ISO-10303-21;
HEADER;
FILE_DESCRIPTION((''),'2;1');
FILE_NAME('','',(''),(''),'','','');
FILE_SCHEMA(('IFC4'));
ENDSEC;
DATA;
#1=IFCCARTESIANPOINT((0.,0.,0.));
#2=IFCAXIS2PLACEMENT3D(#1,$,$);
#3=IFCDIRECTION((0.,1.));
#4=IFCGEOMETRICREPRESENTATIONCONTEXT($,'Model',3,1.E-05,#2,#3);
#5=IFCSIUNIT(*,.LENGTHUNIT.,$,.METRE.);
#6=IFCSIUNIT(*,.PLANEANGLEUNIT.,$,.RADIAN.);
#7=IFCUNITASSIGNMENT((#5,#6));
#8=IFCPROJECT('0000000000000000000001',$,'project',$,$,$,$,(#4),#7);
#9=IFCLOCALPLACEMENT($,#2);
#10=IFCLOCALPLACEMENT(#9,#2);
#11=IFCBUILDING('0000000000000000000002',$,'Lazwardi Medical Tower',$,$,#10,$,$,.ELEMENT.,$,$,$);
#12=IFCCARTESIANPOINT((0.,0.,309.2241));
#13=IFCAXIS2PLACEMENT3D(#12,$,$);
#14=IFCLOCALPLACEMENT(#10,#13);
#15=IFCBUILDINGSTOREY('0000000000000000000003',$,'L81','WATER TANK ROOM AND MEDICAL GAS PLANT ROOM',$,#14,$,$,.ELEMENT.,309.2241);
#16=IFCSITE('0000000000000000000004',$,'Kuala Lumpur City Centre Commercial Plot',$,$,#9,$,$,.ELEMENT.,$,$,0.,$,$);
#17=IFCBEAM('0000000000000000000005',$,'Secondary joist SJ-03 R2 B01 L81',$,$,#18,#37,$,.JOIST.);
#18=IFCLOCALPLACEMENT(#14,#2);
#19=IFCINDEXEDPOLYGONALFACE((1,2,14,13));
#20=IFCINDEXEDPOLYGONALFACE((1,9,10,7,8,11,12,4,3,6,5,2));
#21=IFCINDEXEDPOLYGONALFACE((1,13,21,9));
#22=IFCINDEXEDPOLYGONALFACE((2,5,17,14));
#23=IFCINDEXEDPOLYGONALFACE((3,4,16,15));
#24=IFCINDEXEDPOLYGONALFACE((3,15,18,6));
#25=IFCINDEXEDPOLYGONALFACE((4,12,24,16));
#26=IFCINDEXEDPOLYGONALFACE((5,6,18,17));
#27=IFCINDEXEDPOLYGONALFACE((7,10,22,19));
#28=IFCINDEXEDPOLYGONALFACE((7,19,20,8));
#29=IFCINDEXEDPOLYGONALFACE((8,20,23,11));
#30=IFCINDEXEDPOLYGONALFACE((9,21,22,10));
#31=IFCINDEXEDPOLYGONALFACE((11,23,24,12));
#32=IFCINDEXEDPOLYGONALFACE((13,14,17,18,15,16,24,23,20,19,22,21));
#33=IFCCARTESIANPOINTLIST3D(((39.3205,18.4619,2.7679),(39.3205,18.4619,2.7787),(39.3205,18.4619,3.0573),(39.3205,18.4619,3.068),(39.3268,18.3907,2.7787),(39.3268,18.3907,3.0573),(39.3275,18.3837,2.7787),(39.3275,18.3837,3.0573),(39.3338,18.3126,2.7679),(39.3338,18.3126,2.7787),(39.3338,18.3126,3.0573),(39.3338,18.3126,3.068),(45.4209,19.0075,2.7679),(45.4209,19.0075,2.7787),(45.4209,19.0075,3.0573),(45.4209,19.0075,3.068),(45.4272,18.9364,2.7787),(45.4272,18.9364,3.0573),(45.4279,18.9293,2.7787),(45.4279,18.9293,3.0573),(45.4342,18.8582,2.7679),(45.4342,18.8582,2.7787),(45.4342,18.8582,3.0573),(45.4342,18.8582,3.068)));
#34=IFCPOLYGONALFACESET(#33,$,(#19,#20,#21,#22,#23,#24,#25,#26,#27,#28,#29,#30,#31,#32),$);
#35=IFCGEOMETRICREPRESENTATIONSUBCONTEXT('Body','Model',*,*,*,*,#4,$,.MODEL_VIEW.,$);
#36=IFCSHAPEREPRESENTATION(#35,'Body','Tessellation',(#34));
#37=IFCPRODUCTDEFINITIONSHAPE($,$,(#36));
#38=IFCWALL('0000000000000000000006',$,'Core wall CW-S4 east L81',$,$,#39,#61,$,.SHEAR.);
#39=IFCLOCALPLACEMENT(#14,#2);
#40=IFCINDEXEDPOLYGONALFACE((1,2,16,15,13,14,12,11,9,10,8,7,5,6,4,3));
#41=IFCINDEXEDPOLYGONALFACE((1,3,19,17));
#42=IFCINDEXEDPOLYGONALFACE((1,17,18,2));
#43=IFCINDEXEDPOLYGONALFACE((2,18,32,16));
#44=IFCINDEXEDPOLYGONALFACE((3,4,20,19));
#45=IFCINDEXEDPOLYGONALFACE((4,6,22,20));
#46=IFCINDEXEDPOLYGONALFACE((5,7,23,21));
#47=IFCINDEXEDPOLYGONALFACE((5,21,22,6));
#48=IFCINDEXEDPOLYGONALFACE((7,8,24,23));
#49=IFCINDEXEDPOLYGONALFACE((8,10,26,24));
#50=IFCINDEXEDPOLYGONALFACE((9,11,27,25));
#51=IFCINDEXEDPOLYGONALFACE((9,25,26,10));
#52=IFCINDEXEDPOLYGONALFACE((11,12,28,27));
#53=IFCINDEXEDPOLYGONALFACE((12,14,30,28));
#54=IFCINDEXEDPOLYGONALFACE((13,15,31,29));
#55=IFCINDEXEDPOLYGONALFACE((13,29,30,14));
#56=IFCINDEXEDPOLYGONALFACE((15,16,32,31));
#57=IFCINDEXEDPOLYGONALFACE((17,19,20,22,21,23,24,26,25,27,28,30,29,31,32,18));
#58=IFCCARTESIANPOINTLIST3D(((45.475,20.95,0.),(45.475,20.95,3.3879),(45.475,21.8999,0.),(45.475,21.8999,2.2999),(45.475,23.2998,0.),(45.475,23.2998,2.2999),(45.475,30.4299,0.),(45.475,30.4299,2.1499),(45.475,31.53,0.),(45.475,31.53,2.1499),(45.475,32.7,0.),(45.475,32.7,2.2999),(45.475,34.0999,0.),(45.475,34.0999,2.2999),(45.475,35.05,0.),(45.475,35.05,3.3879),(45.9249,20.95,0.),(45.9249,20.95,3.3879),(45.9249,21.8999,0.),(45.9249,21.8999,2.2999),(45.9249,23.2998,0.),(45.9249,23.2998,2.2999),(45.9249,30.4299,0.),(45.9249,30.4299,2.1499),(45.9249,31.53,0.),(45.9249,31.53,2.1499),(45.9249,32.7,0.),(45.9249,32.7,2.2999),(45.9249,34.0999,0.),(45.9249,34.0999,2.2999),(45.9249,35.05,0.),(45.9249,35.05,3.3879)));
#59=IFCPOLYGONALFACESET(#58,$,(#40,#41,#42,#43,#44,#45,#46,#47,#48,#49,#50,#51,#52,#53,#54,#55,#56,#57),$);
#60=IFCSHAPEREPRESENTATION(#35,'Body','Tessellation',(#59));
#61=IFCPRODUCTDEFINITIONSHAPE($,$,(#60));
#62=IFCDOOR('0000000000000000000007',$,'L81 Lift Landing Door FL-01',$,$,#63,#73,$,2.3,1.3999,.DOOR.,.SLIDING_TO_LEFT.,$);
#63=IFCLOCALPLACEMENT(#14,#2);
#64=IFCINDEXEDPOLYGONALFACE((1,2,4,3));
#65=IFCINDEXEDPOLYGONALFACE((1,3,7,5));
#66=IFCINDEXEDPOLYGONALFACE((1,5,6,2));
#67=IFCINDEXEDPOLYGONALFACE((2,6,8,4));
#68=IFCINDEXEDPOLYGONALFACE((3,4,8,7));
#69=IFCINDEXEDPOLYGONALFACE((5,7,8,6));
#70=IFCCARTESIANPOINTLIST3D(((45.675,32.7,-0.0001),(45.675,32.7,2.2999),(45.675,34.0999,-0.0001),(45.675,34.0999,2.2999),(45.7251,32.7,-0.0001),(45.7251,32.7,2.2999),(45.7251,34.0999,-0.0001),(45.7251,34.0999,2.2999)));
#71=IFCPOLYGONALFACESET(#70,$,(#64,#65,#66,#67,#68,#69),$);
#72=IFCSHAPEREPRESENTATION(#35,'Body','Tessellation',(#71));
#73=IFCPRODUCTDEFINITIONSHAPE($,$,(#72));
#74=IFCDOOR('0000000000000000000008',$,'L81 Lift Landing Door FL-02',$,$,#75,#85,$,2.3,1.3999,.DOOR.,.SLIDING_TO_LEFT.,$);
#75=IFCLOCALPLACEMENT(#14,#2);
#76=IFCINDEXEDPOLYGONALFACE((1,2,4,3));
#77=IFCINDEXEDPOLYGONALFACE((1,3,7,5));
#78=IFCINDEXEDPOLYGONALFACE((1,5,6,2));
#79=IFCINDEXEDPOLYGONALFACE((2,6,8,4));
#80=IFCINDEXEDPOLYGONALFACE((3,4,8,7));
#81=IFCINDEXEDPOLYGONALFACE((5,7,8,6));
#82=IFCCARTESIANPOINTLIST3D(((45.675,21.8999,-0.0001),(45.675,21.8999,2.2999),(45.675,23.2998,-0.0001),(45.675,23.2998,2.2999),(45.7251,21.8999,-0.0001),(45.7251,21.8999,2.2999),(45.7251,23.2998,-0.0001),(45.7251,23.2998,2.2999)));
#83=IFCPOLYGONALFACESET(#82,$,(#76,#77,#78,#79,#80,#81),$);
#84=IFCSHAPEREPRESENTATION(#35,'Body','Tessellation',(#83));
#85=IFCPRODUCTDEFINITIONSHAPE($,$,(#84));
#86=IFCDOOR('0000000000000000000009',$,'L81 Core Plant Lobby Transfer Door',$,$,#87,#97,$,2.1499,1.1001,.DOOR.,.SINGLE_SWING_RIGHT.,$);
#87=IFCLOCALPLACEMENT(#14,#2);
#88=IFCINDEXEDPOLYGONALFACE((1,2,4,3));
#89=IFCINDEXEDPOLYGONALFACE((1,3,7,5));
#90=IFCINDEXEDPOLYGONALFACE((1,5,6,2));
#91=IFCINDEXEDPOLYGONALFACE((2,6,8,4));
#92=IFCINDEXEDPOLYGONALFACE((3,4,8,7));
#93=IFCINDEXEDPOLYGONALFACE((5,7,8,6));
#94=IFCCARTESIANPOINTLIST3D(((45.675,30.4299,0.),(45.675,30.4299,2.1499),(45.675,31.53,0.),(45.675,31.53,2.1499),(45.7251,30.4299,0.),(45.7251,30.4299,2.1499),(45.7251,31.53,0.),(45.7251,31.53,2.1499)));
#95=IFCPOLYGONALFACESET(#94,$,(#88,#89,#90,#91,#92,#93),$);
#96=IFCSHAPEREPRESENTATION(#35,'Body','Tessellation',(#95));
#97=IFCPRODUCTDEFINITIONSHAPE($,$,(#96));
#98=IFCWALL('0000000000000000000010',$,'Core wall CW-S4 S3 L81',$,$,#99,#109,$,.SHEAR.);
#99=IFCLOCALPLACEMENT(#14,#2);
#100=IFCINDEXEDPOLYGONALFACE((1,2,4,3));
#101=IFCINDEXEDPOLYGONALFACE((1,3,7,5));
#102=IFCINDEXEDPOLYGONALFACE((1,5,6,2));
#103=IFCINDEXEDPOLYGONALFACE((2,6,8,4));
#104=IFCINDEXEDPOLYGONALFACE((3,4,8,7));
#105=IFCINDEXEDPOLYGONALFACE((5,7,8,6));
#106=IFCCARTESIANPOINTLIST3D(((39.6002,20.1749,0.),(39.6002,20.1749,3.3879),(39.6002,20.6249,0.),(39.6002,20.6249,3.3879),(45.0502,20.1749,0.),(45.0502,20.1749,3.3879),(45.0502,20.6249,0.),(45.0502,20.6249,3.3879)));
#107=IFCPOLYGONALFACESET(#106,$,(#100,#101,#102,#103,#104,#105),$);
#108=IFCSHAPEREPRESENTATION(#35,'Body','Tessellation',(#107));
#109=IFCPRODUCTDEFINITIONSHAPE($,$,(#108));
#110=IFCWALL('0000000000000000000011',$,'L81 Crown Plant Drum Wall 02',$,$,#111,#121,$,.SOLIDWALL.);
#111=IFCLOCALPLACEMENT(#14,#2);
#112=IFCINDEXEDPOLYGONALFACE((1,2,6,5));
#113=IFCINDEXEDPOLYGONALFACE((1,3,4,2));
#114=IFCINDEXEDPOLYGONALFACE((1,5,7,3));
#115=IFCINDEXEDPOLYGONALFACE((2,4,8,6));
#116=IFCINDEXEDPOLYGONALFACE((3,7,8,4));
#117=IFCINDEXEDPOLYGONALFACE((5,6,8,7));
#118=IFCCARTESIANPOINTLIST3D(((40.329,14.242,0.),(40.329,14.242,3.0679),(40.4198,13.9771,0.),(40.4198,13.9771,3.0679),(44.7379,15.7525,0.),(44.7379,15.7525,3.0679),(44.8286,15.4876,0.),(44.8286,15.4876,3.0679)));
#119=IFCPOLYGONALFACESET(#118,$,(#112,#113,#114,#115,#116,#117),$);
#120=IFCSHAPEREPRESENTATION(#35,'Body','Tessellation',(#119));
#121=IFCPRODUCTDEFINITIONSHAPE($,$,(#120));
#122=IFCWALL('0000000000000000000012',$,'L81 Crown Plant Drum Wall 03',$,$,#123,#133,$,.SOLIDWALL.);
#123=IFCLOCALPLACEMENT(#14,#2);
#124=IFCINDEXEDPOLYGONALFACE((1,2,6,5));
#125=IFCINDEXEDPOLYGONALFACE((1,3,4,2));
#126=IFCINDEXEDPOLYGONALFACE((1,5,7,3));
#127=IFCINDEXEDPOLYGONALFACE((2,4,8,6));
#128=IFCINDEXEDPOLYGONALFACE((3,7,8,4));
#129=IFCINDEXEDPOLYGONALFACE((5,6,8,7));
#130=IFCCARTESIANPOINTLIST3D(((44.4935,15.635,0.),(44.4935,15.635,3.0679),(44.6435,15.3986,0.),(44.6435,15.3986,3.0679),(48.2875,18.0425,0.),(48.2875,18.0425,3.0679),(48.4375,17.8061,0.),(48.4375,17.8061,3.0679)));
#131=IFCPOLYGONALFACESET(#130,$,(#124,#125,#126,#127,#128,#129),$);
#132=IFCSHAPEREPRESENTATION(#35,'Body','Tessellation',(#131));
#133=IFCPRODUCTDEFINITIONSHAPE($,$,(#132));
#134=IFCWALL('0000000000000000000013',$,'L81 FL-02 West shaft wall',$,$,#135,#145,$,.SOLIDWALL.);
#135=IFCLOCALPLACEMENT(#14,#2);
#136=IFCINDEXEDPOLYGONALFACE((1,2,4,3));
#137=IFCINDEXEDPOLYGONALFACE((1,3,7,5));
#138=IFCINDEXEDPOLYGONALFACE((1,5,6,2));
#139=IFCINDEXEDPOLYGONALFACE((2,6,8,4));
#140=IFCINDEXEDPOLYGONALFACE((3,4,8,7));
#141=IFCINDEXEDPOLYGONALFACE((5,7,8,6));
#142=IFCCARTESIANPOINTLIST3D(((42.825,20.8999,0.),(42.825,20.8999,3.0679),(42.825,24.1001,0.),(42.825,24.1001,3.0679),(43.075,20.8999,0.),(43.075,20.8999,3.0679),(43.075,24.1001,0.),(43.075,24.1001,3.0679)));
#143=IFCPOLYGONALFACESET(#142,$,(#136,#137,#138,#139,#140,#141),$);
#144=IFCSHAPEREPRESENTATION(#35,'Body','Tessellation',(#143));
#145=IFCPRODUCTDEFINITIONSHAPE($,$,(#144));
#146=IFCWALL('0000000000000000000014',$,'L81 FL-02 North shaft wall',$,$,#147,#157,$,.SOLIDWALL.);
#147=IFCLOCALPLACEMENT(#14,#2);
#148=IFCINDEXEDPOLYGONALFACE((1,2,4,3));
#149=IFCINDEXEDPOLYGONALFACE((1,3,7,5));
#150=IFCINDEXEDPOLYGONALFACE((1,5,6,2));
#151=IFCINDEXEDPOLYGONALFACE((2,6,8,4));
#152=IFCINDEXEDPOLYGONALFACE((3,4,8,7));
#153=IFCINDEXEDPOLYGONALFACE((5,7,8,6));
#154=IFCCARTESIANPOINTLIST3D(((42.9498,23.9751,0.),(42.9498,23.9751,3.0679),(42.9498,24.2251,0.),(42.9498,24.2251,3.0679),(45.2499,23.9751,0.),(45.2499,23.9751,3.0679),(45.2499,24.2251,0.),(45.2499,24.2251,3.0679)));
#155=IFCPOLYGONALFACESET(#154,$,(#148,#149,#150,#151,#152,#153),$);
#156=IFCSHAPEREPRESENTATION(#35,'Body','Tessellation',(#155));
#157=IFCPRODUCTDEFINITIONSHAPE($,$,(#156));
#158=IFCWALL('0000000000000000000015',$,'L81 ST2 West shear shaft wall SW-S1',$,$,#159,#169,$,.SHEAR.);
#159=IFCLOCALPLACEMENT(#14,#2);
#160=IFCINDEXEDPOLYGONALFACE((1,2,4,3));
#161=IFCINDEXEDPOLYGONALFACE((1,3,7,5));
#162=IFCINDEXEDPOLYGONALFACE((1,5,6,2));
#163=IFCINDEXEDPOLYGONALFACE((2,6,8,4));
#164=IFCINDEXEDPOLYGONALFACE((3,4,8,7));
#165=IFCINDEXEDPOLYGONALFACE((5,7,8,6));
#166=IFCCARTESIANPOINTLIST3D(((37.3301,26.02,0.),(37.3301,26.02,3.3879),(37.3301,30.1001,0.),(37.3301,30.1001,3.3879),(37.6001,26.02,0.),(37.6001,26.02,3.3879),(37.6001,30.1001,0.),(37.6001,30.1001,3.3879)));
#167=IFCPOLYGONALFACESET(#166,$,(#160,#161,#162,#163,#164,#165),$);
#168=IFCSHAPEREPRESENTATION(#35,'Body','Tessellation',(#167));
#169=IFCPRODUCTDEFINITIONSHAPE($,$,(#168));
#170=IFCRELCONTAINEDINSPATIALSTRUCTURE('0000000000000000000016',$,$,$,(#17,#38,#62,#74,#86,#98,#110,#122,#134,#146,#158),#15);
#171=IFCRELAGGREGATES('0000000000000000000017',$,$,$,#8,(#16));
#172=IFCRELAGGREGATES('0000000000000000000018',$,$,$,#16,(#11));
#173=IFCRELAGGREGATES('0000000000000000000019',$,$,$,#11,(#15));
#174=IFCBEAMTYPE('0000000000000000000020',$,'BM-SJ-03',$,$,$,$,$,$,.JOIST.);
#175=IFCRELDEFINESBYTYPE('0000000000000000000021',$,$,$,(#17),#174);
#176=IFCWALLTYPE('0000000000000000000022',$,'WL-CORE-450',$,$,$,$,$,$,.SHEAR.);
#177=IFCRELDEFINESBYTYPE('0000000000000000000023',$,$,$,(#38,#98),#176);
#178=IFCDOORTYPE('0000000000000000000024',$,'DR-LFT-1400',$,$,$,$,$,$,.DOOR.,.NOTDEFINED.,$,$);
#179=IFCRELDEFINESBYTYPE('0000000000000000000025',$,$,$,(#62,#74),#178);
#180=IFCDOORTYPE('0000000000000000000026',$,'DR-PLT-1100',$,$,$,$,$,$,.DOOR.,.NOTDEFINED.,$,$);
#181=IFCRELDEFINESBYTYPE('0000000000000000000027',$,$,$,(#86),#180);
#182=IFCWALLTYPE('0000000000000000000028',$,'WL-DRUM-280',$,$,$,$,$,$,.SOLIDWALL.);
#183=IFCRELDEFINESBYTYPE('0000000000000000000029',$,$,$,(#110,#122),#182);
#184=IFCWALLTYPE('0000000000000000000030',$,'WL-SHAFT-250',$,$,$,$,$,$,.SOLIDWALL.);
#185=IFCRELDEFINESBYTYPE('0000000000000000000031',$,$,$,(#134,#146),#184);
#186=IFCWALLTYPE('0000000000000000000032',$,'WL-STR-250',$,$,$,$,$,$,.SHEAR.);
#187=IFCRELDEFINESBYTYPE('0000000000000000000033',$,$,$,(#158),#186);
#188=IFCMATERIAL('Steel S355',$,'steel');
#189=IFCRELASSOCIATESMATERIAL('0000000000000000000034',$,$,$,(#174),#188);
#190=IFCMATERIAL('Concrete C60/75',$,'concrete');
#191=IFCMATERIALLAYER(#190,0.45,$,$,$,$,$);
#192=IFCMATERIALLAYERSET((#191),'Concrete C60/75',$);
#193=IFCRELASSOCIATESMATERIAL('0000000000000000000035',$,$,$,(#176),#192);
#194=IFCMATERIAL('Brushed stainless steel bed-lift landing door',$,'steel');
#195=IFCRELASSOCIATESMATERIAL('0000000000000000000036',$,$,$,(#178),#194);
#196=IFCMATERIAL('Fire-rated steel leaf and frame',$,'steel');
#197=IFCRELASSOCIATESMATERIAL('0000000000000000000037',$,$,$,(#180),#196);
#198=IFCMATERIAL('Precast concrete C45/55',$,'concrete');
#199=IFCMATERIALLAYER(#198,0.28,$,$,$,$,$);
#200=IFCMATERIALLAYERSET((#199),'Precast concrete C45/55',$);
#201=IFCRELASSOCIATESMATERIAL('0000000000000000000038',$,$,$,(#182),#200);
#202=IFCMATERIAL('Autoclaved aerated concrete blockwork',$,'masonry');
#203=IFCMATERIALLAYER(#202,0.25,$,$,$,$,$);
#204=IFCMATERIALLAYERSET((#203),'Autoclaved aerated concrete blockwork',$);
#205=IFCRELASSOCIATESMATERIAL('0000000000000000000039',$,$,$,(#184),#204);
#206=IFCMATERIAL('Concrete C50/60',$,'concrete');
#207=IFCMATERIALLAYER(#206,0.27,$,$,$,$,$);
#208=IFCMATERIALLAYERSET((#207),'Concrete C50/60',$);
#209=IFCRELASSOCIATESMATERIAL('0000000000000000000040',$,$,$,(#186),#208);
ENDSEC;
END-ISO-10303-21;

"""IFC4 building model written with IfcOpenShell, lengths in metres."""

from ifc_helpers import new_model, si_unit, direction, frame, frame_2d, origin, origin_2d, place, context, subcontext, project, spatial, rectangle, i_section, extrude, material, layer, layer_set, material_profile, profile_set, type_object, element, fill, save


model = new_model("IFC4")

# Units and contexts
model_context = context("Model", 3, precision=1e-05, world=origin(), true_north=direction((0.0, 1.0)))
body_context = subcontext(model_context, "Body", "Model", "MODEL_VIEW")
ifc_project = project(units=[si_unit("LENGTHUNIT", "METRE"), si_unit("PLANEANGLEUNIT", "RADIAN")], contexts=[model_context])

# Site, building, storey
site_placement = place(None, origin())
site = spatial("IfcSite", under=ifc_project, at=site_placement, Name="Kuala Lumpur City Centre Commercial Plot", CompositionType="ELEMENT", RefElevation=0.0)
building_placement = place(site_placement, origin())
building = spatial("IfcBuilding", under=site, at=building_placement, Name="Lazwardi Medical Tower", CompositionType="ELEMENT")
storey_placement = place(building_placement, frame((0.0, 0.0, 309.2241)))
storey = spatial("IfcBuildingStorey", under=building, at=storey_placement, Name="L81", Description="WATER TANK ROOM AND MEDICAL GAS PLANT ROOM", CompositionType="ELEMENT", Elevation=309.2241)

# Shared definitions
ifc_material_1 = material(Name="Concrete C60/75", Category="concrete")

# Beam
ifc_material_2 = material(Name="Steel S355", Category="steel")
ifc_material_profile_1 = material_profile(ifc_material_2, i_section(OverallWidth=0.1499, OverallDepth=0.3, WebThickness=0.0071, FlangeThickness=0.0107, at=origin_2d()), Name="IPE 300")
ifc_profile_set_1 = profile_set([ifc_material_profile_1], Name="Steel S355")
beam_type_1 = type_object("IfcBeamType", Name="BM-SJ-03", PredefinedType="JOIST", material=ifc_profile_set_1)
beam_1_placement = place(storey_placement, frame((39.3271, 18.3872, 2.918), z_axis=(0.996024, 0.089091, 0.0), x_axis=(-0.089091, 0.996024, 0.0)))
element("IfcBeam", 1, at=beam_1_placement, inside=storey, type_object=beam_type_1, Name="Secondary joist SJ-03 R2 B01 L81", PredefinedType="JOIST", context=body_context, shape_type="SweptSolid", body=[
    extrude(i_section(OverallWidth=0.1499, OverallDepth=0.3, WebThickness=0.0071, FlangeThickness=0.0107, at=origin_2d()), origin(), (0.0, 0.0, 1.0), 6.1248),
])

# Wall, openings, doors
ifc_layer_1 = layer(ifc_material_1, 0.45)
ifc_layer_set_1 = layer_set([ifc_layer_1], Name="Concrete C60/75")
wall_type_1 = type_object("IfcWallType", Name="WL-CORE-450", PredefinedType="SHEAR", material=ifc_layer_set_1)
wall_1_placement = place(storey_placement, frame((45.7, 20.95, 0.0), z_axis=(0.0, 0.0, 1.0), x_axis=(0.0, 1.0, 0.0)))
wall_1 = element("IfcWall", 2, at=wall_1_placement, inside=storey, type_object=wall_type_1, Name="Core wall CW-S4 east L81", PredefinedType="SHEAR", context=body_context, shape_type="SweptSolid", body=[
    extrude(rectangle(XDim=14.1001, YDim=0.45, at=frame_2d((7.05, 0.0))), origin(), (0.0, 0.0, 1.0), 3.3879),
])
opening_1_placement = place(wall_1_placement, frame((11.75, 0.0, 0.0)))
opening_1 = element("IfcOpeningElement", 3, at=opening_1_placement, cuts=wall_1, PredefinedType="OPENING", context=body_context, shape_type="SweptSolid", body=[
    extrude(rectangle(XDim=1.3999, YDim=2.3, at=frame_2d((0.7, 1.1499))), frame((0.0, 0.2349, 0.0), z_axis=(0.0, -1.0, 0.0), x_axis=(1.0, 0.0, 0.0)), (0.0, 0.0, 1.0), 0.47),
])
opening_2_placement = place(wall_1_placement, frame((0.95, 0.0, 0.0)))
opening_2 = element("IfcOpeningElement", 4, at=opening_2_placement, cuts=wall_1, PredefinedType="OPENING", context=body_context, shape_type="SweptSolid", body=[
    extrude(rectangle(XDim=1.3999, YDim=2.3, at=frame_2d((0.7, 1.1499))), frame((0.0, 0.2349, 0.0), z_axis=(0.0, -1.0, 0.0), x_axis=(1.0, 0.0, 0.0)), (0.0, 0.0, 1.0), 0.47),
])
opening_3_placement = place(wall_1_placement, frame((9.48, 0.0, 0.0)))
opening_3 = element("IfcOpeningElement", 5, at=opening_3_placement, cuts=wall_1, PredefinedType="OPENING", context=body_context, shape_type="SweptSolid", body=[
    extrude(rectangle(XDim=1.1001, YDim=2.1499, at=frame_2d((0.55, 1.075))), frame((0.0, 0.2349, 0.0), z_axis=(0.0, -1.0, 0.0), x_axis=(1.0, 0.0, 0.0)), (0.0, 0.0, 1.0), 0.47),
])
ifc_material_3 = material(Name="Brushed stainless steel bed-lift landing door", Category="steel")
door_type_1 = type_object("IfcDoorType", Name="DR-LFT-1400", OperationType="NOTDEFINED", PredefinedType="DOOR", material=ifc_material_3)
door_1_placement = place(opening_1_placement, origin())
door_1 = element("IfcDoor", 6, at=door_1_placement, inside=storey, type_object=door_type_1, Name="L81 Lift Landing Door FL-01", OperationType="SLIDING_TO_LEFT", OverallHeight=2.3, OverallWidth=1.3999, PredefinedType="DOOR", context=body_context, shape_type="SweptSolid", body=[
    extrude(rectangle(XDim=1.3999, YDim=2.3, at=frame_2d((0.7, 1.1499))), frame((0.0, 0.0249, 0.0), z_axis=(0.0, -1.0, 0.0), x_axis=(1.0, 0.0, 0.0)), (0.0, 0.0, 1.0), 0.05),
])
fill(opening_1, door_1)
door_2_placement = place(opening_2_placement, origin())
door_2 = element("IfcDoor", 7, at=door_2_placement, inside=storey, type_object=door_type_1, Name="L81 Lift Landing Door FL-02", OperationType="SLIDING_TO_LEFT", OverallHeight=2.3, OverallWidth=1.3999, PredefinedType="DOOR", context=body_context, shape_type="SweptSolid", body=[
    extrude(rectangle(XDim=1.3999, YDim=2.3, at=frame_2d((0.7, 1.1499))), frame((0.0, 0.0249, 0.0), z_axis=(0.0, -1.0, 0.0), x_axis=(1.0, 0.0, 0.0)), (0.0, 0.0, 1.0), 0.05),
])
fill(opening_2, door_2)
ifc_material_4 = material(Name="Fire-rated steel leaf and frame", Category="steel")
door_type_2 = type_object("IfcDoorType", Name="DR-PLT-1100", OperationType="NOTDEFINED", PredefinedType="DOOR", material=ifc_material_4)
door_3_placement = place(opening_3_placement, origin())
door_3 = element("IfcDoor", 8, at=door_3_placement, inside=storey, type_object=door_type_2, Name="L81 Core Plant Lobby Transfer Door", OperationType="SINGLE_SWING_RIGHT", OverallHeight=2.1499, OverallWidth=1.1001, PredefinedType="DOOR", context=body_context, shape_type="SweptSolid", body=[
    extrude(rectangle(XDim=1.1001, YDim=2.1499, at=frame_2d((0.55, 1.075))), frame((0.0, 0.0249, 0.0), z_axis=(0.0, -1.0, 0.0), x_axis=(1.0, 0.0, 0.0)), (0.0, 0.0, 1.0), 0.05),
])
fill(opening_3, door_3)

# Walls
wall_2_placement = place(storey_placement, frame((39.6001, 20.3999, 0.0), z_axis=(0.0, 0.0, 1.0), x_axis=(1.0, 0.0, 0.0)))
element("IfcWall", 9, at=wall_2_placement, inside=storey, type_object=wall_type_1, Name="Core wall CW-S4 S3 L81", PredefinedType="SHEAR", context=body_context, shape_type="SweptSolid", body=[
    extrude(rectangle(XDim=5.45, YDim=0.45, at=frame_2d((2.7251, 0.0))), origin(), (0.0, 0.0, 1.0), 3.3879),
])
ifc_material_5 = material(Name="Precast concrete C45/55", Category="concrete")
ifc_layer_2 = layer(ifc_material_5, 0.28)
ifc_layer_set_2 = layer_set([ifc_layer_2], Name="Precast concrete C45/55")
wall_type_2 = type_object("IfcWallType", Name="WL-DRUM-280", PredefinedType="SOLIDWALL", material=ifc_layer_set_2)
wall_3_placement = place(storey_placement, frame((40.3745, 14.1096, 0.0), z_axis=(0.0, 0.0, 1.0), x_axis=(0.946021, 0.324106, 0.0)))
element("IfcWall", 10, at=wall_3_placement, inside=storey, type_object=wall_type_2, Name="L81 Crown Plant Drum Wall 02", PredefinedType="SOLIDWALL", context=body_context, shape_type="SweptSolid", body=[
    extrude(rectangle(XDim=4.6604, YDim=0.28, at=frame_2d((2.3301, 0.0))), origin(), (0.0, 0.0, 1.0), 3.0679),
])
wall_4_placement = place(storey_placement, frame((44.5686, 15.5168, 0.0), z_axis=(0.0, 0.0, 1.0), x_axis=(0.844352, 0.535789, 0.0)))
element("IfcWall", 11, at=wall_4_placement, inside=storey, type_object=wall_type_2, Name="L81 Crown Plant Drum Wall 03", PredefinedType="SOLIDWALL", context=body_context, shape_type="SweptSolid", body=[
    extrude(rectangle(XDim=4.4934, YDim=0.28, at=frame_2d((2.2466, 0.0))), origin(), (0.0, 0.0, 1.0), 3.0679),
])
ifc_material_6 = material(Name="Autoclaved aerated concrete blockwork", Category="masonry")
ifc_layer_3 = layer(ifc_material_6, 0.25)
ifc_layer_set_3 = layer_set([ifc_layer_3], Name="Autoclaved aerated concrete blockwork")
wall_type_3 = type_object("IfcWallType", Name="WL-SHAFT-250", PredefinedType="SOLIDWALL", material=ifc_layer_set_3)
wall_5_placement = place(storey_placement, frame((42.95, 20.8999, 0.0), z_axis=(0.0, 0.0, 1.0), x_axis=(0.0, 1.0, 0.0)))
element("IfcWall", 12, at=wall_5_placement, inside=storey, type_object=wall_type_3, Name="L81 FL-02 West shaft wall", PredefinedType="SOLIDWALL", context=body_context, shape_type="SweptSolid", body=[
    extrude(rectangle(XDim=3.2002, YDim=0.25, at=frame_2d((1.6001, 0.0))), origin(), (0.0, 0.0, 1.0), 3.0679),
])
wall_6_placement = place(storey_placement, frame((42.95, 24.1001, 0.0), z_axis=(0.0, 0.0, 1.0), x_axis=(1.0, 0.0, 0.0)))
element("IfcWall", 13, at=wall_6_placement, inside=storey, type_object=wall_type_3, Name="L81 FL-02 North shaft wall", PredefinedType="SOLIDWALL", context=body_context, shape_type="SweptSolid", body=[
    extrude(rectangle(XDim=2.3, YDim=0.25, at=frame_2d((1.1499, 0.0))), origin(), (0.0, 0.0, 1.0), 3.0679),
])
ifc_material_7 = material(Name="Concrete C50/60", Category="concrete")
ifc_layer_4 = layer(ifc_material_7, 0.27)
ifc_layer_set_4 = layer_set([ifc_layer_4], Name="Concrete C50/60")
wall_type_4 = type_object("IfcWallType", Name="WL-STR-250", PredefinedType="SHEAR", material=ifc_layer_set_4)
wall_7_placement = place(storey_placement, frame((37.4651, 26.02, 0.0), z_axis=(0.0, 0.0, 1.0), x_axis=(0.0, 1.0, 0.0)))
element("IfcWall", 14, at=wall_7_placement, inside=storey, type_object=wall_type_4, Name="L81 ST2 West shear shaft wall SW-S1", PredefinedType="SHEAR", context=body_context, shape_type="SweptSolid", body=[
    extrude(rectangle(XDim=4.0801, YDim=0.27, at=frame_2d((2.04, 0.0))), origin(), (0.0, 0.0, 1.0), 3.3879),
])

save(model, "model.ifc")
